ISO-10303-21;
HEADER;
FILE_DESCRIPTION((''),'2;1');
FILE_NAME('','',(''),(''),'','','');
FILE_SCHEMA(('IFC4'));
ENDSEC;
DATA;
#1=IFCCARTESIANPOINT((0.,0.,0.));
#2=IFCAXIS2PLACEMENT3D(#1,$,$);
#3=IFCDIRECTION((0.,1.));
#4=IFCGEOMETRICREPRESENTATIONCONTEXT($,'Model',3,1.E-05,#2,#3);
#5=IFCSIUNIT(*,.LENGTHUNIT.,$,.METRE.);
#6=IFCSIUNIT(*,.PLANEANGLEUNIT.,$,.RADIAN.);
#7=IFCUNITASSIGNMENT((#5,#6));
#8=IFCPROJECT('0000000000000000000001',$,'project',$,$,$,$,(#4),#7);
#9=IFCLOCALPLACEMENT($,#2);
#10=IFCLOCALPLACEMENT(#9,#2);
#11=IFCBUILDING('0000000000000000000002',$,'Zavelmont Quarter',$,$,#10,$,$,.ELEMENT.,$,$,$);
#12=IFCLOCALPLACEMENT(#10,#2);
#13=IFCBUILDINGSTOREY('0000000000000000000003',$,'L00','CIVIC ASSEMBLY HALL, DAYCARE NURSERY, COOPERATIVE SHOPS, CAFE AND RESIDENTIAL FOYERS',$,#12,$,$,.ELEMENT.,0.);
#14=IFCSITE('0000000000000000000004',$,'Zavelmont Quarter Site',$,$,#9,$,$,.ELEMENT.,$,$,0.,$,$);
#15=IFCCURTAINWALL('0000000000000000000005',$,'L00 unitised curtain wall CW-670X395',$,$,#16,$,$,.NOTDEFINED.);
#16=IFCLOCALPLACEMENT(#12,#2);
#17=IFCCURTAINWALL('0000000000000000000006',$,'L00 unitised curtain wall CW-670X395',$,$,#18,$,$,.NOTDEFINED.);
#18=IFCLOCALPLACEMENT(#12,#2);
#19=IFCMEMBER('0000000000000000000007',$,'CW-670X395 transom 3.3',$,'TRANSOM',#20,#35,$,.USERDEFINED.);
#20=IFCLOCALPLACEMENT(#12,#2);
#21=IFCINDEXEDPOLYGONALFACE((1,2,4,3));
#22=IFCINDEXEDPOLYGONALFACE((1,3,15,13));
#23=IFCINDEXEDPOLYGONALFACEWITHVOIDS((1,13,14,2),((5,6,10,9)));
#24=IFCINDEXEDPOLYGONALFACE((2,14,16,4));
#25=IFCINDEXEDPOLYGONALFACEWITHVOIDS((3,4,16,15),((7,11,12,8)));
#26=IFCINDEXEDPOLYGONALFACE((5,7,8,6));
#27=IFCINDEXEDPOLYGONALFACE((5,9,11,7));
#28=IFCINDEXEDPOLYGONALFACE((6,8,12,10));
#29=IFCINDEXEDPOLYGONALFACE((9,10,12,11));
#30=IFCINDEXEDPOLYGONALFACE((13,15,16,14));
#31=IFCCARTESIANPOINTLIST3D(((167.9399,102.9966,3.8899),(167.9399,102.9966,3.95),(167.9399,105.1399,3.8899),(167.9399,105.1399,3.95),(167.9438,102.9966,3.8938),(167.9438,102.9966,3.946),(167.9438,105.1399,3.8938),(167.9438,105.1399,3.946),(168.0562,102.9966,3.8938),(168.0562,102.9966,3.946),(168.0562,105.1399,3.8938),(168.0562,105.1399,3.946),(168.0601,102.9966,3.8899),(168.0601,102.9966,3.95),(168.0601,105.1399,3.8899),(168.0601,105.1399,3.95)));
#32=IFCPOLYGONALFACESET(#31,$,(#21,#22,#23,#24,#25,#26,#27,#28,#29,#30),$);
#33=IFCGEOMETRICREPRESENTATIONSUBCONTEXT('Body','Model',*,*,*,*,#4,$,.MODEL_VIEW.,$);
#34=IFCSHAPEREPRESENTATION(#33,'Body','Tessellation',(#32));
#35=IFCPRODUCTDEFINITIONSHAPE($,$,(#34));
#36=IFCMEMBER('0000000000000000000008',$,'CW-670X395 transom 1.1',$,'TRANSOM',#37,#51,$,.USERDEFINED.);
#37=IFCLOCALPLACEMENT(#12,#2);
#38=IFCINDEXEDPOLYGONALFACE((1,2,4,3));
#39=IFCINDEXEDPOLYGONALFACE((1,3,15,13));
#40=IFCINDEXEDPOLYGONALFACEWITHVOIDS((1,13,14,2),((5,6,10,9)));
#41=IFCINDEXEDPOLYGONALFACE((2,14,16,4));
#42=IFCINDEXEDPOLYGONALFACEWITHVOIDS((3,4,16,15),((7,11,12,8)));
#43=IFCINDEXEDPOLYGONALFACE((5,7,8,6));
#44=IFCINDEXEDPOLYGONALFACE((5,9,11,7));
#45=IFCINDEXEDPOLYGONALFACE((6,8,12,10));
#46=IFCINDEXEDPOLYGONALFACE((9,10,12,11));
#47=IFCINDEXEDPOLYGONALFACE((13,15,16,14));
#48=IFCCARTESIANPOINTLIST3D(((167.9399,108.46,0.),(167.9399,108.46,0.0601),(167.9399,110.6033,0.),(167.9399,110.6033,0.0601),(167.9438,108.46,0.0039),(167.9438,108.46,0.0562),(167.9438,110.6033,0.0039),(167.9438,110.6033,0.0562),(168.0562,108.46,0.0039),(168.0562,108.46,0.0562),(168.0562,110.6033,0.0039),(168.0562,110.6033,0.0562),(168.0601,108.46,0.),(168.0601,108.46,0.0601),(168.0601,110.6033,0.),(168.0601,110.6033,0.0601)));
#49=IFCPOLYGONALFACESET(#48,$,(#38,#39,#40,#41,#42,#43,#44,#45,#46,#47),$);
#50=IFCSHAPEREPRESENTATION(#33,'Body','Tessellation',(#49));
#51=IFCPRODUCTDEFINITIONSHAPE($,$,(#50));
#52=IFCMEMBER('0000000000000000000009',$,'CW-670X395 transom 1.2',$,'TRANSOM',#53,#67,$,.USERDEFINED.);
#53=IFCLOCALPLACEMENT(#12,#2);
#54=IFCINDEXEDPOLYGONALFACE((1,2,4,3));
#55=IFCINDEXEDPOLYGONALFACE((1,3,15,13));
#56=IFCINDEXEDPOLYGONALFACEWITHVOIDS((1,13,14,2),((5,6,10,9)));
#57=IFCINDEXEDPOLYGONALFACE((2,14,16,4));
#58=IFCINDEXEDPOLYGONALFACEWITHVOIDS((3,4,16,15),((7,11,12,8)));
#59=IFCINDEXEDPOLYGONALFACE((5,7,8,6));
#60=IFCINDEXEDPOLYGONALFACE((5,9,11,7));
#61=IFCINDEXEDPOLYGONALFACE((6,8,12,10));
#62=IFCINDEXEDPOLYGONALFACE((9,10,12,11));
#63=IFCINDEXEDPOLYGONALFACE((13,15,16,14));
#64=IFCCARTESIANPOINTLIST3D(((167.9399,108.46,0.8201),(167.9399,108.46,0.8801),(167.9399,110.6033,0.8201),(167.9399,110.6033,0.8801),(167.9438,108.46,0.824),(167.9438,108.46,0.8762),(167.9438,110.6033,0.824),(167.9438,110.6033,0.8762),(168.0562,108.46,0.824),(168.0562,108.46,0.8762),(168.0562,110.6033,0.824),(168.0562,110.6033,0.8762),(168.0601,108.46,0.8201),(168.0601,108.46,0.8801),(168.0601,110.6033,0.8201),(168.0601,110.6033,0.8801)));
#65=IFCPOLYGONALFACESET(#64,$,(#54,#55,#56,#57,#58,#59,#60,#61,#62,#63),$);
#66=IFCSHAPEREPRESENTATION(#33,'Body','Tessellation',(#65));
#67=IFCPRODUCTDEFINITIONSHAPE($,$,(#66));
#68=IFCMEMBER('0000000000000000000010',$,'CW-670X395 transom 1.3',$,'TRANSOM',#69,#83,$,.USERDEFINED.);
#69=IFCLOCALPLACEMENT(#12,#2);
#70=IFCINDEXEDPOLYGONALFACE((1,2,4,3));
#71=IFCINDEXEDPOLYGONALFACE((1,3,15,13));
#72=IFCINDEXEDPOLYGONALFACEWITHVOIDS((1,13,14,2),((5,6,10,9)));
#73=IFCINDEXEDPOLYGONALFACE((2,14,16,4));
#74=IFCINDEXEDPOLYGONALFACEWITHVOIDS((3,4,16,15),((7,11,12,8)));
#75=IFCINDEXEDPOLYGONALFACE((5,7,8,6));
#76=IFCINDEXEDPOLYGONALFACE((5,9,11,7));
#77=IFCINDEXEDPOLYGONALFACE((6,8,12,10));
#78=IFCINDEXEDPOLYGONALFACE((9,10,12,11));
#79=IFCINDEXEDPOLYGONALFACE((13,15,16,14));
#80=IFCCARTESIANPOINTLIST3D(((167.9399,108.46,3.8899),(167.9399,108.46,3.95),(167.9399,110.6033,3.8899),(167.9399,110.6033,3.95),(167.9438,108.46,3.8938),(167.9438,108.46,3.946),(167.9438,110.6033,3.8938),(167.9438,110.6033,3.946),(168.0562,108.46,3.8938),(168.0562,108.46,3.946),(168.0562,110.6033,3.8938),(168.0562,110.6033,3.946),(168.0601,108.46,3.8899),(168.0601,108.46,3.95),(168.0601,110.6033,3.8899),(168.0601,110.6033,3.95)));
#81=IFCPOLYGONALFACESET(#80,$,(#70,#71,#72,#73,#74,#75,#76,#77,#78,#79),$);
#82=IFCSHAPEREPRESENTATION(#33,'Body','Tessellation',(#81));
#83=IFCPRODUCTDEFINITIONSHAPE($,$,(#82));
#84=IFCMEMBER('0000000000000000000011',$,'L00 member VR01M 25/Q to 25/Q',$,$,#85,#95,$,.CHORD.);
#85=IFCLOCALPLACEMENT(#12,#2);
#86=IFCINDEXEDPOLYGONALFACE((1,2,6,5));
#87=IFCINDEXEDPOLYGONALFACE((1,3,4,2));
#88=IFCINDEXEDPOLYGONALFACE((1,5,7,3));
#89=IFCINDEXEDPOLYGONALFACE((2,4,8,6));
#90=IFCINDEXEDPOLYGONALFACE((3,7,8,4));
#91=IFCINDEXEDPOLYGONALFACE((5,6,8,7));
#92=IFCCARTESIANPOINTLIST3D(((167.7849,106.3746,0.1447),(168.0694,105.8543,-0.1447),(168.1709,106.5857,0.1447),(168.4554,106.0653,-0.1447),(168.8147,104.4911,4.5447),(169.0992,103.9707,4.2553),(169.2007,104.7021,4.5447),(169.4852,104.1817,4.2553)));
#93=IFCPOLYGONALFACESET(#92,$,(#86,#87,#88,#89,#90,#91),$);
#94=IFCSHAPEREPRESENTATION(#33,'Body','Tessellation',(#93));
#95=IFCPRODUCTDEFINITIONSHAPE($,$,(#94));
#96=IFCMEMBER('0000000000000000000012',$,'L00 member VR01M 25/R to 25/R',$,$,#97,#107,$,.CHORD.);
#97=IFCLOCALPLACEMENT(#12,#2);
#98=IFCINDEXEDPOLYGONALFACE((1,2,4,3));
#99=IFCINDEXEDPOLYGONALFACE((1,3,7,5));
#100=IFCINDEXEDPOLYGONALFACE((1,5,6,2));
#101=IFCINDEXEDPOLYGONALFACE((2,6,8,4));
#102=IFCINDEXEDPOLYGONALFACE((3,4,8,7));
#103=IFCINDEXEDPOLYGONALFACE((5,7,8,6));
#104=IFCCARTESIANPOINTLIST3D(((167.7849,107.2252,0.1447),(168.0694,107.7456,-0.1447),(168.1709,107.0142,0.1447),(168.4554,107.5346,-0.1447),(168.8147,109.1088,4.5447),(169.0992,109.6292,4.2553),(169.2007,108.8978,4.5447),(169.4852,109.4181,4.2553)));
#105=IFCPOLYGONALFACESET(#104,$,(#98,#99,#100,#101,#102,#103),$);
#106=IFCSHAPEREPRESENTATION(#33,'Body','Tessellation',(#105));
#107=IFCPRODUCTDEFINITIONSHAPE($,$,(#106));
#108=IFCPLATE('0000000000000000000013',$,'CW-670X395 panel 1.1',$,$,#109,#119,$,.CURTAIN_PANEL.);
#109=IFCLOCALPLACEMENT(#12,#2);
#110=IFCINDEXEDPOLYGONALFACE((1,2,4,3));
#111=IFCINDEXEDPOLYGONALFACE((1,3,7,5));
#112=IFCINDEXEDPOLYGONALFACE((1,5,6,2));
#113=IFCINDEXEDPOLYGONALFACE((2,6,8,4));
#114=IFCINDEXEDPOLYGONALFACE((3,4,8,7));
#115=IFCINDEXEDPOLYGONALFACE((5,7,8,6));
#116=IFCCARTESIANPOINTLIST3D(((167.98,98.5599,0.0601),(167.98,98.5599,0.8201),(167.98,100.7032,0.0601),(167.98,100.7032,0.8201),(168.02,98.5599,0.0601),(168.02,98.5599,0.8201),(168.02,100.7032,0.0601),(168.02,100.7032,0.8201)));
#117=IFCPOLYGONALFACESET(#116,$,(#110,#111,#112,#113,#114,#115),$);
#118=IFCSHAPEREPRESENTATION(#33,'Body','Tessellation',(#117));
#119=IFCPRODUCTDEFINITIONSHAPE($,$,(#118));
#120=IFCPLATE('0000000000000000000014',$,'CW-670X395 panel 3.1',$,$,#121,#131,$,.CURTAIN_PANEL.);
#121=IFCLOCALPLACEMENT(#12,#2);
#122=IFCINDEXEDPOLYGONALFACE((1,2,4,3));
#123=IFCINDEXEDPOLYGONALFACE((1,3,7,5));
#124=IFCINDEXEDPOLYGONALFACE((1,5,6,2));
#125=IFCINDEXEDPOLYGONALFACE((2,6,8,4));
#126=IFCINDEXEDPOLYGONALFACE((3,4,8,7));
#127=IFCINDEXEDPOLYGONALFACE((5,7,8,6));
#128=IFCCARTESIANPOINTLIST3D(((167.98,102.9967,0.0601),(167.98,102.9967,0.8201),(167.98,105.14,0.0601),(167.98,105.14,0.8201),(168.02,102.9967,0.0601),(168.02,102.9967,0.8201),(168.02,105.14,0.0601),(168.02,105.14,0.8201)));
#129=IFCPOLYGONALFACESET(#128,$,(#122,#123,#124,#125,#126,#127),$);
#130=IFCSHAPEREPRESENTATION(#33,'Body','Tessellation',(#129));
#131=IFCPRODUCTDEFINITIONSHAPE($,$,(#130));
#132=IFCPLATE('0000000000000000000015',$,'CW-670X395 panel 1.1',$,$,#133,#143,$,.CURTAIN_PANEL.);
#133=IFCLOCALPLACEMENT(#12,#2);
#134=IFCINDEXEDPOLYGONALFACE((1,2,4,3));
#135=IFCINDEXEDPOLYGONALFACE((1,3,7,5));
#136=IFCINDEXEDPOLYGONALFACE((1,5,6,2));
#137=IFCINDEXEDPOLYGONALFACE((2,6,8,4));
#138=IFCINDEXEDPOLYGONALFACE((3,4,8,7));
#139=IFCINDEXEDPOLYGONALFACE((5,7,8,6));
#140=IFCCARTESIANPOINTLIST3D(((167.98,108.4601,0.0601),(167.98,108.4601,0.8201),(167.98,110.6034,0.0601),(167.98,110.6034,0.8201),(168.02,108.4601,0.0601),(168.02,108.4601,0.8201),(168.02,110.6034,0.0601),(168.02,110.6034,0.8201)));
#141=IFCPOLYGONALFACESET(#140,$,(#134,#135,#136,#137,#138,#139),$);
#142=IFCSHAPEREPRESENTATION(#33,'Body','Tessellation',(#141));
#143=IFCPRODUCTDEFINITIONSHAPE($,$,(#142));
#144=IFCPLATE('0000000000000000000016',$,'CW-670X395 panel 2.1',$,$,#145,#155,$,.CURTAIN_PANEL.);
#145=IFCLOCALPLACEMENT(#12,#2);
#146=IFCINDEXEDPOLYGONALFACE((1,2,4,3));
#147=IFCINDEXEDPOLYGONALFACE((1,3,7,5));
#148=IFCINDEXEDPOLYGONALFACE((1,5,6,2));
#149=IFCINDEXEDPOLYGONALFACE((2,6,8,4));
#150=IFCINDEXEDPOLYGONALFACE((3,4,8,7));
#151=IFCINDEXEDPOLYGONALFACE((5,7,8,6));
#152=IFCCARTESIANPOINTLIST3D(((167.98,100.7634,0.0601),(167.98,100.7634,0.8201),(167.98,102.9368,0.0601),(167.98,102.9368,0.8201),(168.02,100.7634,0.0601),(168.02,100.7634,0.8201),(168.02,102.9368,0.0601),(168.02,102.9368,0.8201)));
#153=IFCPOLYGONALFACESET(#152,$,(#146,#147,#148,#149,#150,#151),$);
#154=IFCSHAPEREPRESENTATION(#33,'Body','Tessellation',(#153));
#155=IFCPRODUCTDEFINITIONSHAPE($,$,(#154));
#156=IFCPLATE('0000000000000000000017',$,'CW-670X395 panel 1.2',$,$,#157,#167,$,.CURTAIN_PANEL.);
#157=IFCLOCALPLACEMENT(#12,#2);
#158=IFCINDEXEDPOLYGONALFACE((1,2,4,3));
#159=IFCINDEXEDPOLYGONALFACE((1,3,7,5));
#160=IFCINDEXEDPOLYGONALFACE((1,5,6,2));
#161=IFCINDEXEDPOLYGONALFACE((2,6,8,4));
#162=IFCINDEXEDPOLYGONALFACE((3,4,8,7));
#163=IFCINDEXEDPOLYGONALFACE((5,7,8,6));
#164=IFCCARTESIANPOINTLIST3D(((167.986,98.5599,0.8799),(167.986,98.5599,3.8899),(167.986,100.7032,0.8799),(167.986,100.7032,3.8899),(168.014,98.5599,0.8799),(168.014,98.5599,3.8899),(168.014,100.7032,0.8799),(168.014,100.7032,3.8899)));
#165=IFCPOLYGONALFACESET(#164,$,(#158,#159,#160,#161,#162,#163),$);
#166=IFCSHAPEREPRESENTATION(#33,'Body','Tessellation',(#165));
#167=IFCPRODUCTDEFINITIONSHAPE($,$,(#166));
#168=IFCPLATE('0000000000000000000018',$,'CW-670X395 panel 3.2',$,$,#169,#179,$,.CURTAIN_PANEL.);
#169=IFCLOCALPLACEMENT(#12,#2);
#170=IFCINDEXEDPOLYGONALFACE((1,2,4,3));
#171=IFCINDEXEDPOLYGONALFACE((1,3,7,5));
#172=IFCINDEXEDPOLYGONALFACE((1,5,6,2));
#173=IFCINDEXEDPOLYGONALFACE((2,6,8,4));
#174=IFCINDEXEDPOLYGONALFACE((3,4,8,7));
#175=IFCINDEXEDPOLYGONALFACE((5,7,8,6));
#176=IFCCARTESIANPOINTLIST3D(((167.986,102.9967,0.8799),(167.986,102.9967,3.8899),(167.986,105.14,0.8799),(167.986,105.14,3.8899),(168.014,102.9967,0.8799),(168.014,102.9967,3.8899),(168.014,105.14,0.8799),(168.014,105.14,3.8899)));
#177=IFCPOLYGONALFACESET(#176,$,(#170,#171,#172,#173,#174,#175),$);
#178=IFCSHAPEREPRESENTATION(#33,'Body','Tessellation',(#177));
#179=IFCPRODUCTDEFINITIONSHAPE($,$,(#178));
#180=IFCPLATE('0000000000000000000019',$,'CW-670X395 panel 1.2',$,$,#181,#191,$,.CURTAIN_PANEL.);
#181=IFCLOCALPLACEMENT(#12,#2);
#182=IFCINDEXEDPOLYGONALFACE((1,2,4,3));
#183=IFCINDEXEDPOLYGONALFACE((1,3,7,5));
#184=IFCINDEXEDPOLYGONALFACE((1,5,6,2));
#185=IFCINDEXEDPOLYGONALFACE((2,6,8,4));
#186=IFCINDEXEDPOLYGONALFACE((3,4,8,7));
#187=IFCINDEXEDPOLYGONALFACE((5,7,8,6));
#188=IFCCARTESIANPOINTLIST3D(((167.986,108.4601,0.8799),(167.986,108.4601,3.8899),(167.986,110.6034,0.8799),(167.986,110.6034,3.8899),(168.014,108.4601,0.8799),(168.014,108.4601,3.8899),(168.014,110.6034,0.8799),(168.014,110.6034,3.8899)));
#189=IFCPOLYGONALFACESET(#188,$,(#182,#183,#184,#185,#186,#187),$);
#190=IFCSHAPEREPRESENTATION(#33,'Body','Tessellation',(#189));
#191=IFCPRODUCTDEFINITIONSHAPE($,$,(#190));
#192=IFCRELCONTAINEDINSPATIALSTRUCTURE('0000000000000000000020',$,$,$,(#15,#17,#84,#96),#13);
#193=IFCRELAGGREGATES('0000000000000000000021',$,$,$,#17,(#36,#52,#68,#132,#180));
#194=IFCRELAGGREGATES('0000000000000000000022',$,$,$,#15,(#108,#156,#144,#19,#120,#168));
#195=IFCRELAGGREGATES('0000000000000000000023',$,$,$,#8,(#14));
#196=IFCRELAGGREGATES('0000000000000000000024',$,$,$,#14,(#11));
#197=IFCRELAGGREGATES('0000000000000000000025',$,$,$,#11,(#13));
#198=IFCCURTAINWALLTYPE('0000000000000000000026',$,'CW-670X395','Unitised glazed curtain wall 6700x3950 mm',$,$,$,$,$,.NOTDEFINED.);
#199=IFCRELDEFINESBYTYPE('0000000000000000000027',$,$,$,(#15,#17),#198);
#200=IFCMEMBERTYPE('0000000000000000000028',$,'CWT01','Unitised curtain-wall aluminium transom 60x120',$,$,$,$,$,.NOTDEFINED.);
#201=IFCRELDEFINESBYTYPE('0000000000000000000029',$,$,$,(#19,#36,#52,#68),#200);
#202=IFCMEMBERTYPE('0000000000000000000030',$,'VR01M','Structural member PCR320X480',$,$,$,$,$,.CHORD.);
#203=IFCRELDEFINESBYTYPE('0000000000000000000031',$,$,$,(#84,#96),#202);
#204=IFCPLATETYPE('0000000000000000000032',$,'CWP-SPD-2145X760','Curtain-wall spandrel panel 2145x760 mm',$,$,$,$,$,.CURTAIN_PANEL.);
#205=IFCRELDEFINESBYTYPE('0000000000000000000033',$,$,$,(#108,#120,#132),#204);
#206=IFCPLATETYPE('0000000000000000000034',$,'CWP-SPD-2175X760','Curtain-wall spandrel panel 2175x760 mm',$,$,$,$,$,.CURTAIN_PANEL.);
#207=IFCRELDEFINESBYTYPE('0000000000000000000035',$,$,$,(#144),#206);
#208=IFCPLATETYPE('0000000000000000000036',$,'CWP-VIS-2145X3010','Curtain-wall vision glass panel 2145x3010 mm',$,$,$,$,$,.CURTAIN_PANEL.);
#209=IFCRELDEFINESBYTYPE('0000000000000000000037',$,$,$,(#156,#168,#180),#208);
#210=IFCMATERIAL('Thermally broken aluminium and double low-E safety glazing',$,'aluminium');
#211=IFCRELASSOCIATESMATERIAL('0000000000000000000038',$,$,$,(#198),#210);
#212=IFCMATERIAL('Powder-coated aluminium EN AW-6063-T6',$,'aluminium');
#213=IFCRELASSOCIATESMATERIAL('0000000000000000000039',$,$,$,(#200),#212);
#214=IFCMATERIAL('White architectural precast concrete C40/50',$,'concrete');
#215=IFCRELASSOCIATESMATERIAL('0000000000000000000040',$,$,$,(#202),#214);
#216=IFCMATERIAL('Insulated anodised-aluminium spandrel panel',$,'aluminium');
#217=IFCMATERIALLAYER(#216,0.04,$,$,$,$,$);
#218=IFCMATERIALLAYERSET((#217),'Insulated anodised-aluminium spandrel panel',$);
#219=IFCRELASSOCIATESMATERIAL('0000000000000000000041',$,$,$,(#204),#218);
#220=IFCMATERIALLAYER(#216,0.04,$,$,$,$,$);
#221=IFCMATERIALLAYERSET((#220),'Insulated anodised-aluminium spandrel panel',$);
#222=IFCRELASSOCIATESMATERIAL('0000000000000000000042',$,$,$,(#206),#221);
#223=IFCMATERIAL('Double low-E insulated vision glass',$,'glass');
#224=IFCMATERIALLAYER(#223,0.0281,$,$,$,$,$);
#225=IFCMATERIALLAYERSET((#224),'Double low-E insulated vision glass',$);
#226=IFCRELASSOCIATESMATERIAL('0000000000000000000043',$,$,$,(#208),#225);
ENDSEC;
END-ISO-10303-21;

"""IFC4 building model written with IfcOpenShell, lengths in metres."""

from ifc_helpers import new_model, si_unit, direction, frame, origin, origin_2d, place, context, subcontext, project, spatial, rectangle, hollow_rectangle, extrude, material, layer, layer_set, material_profile, profile_set, type_object, element, aggregate, save


model = new_model("IFC4")

# Units and contexts
model_context = context("Model", 3, precision=1e-05, world=origin(), true_north=direction((0.0, 1.0)))
body_context = subcontext(model_context, "Body", "Model", "MODEL_VIEW")
ifc_project = project(units=[si_unit("LENGTHUNIT", "METRE"), si_unit("PLANEANGLEUNIT", "RADIAN")], contexts=[model_context])

# Site, building, storey
site_placement = place(None, origin())
site = spatial("IfcSite", under=ifc_project, at=site_placement, Name="Zavelmont Quarter Site", CompositionType="ELEMENT", RefElevation=0.0)
building_placement = place(site_placement, origin())
building = spatial("IfcBuilding", under=site, at=building_placement, Name="Zavelmont Quarter", CompositionType="ELEMENT")
storey_placement = place(building_placement, origin())
storey = spatial("IfcBuildingStorey", under=building, at=storey_placement, Name="L00", Description="CIVIC ASSEMBLY HALL, DAYCARE NURSERY, COOPERATIVE SHOPS, CAFE AND RESIDENTIAL FOYERS", CompositionType="ELEMENT", Elevation=0.0)

# Curtain walls
ifc_material_1 = material(Name="Thermally broken aluminium and double low-E safety glazing", Category="aluminium")
curtain_wall_type = type_object("IfcCurtainWallType", Name="CW-670X395", Description="Unitised glazed curtain wall 6700x3950 mm", PredefinedType="NOTDEFINED", material=ifc_material_1)
curtain_wall_1_placement = place(storey_placement, origin())
curtain_wall_1 = element("IfcCurtainWall", 1, at=curtain_wall_1_placement, inside=storey, type_object=curtain_wall_type, Name="L00 unitised curtain wall CW-670X395", PredefinedType="NOTDEFINED")
ifc_material_2 = material(Name="Powder-coated aluminium EN AW-6063-T6", Category="aluminium")
curtain_wall_2_placement = place(storey_placement, origin())
curtain_wall_2 = element("IfcCurtainWall", 2, at=curtain_wall_2_placement, inside=storey, type_object=curtain_wall_type, Name="L00 unitised curtain wall CW-670X395", PredefinedType="NOTDEFINED")

# Members
ifc_material_profile_1 = material_profile(ifc_material_2, hollow_rectangle(XDim=0.1201, YDim=0.0601, WallThickness=0.0039, at=origin_2d()), Name="CWT60X120")
ifc_profile_set_1 = profile_set([ifc_material_profile_1], Name="Powder-coated aluminium EN AW-6063-T6")
member_type_1 = type_object("IfcMemberType", Name="CWT01", Description="Unitised curtain-wall aluminium transom 60x120", PredefinedType="NOTDEFINED", material=ifc_profile_set_1)
member_1_placement = place(storey_placement, frame((168.0, 102.9966, 3.9199), z_axis=(0.0, 1.0, 0.0), x_axis=(-1.0, 0.0, 0.0)))
member_1 = element("IfcMember", 3, at=member_1_placement, type_object=member_type_1, Name="CW-670X395 transom 3.3", ObjectType="TRANSOM", PredefinedType="USERDEFINED", context=body_context, shape_type="SweptSolid", body=[
    extrude(hollow_rectangle(XDim=0.1201, YDim=0.0601, WallThickness=0.0039, at=origin_2d()), origin(), (0.0, 0.0, 1.0), 2.1433),
])
member_2_placement = place(storey_placement, frame((168.0, 108.46, 0.03), z_axis=(0.0, 1.0, 0.0), x_axis=(-1.0, 0.0, 0.0)))
member_2 = element("IfcMember", 4, at=member_2_placement, type_object=member_type_1, Name="CW-670X395 transom 1.1", ObjectType="TRANSOM", PredefinedType="USERDEFINED", context=body_context, shape_type="SweptSolid", body=[
    extrude(hollow_rectangle(XDim=0.1201, YDim=0.0601, WallThickness=0.0039, at=origin_2d()), origin(), (0.0, 0.0, 1.0), 2.1433),
])
member_3_placement = place(storey_placement, frame((168.0, 108.46, 0.8501), z_axis=(0.0, 1.0, 0.0), x_axis=(-1.0, 0.0, 0.0)))
member_3 = element("IfcMember", 5, at=member_3_placement, type_object=member_type_1, Name="CW-670X395 transom 1.2", ObjectType="TRANSOM", PredefinedType="USERDEFINED", context=body_context, shape_type="SweptSolid", body=[
    extrude(hollow_rectangle(XDim=0.1201, YDim=0.0601, WallThickness=0.0039, at=origin_2d()), origin(), (0.0, 0.0, 1.0), 2.1433),
])
member_4_placement = place(storey_placement, frame((168.0, 108.46, 3.9199), z_axis=(0.0, 1.0, 0.0), x_axis=(-1.0, 0.0, 0.0)))
member_4 = element("IfcMember", 6, at=member_4_placement, type_object=member_type_1, Name="CW-670X395 transom 1.3", ObjectType="TRANSOM", PredefinedType="USERDEFINED", context=body_context, shape_type="SweptSolid", body=[
    extrude(hollow_rectangle(XDim=0.1201, YDim=0.0601, WallThickness=0.0039, at=origin_2d()), origin(), (0.0, 0.0, 1.0), 2.1433),
])

# Members
ifc_material_3 = material(Name="White architectural precast concrete C40/50", Category="concrete")
ifc_material_profile_2 = material_profile(ifc_material_3, rectangle(XDim=0.4399, YDim=0.6599, at=origin_2d()), Name="PCR320X480")
ifc_profile_set_2 = profile_set([ifc_material_profile_2], Name="White architectural precast concrete C40/50")
member_type_2 = type_object("IfcMemberType", Name="VR01M", Description="Structural member PCR320X480", PredefinedType="CHORD", material=ifc_profile_set_2)
for number, where, z_axis, x_axis, name in (
    (7, (168.1201, 106.22, 0.0), (0.210347, -0.384739, 0.898738), (0.877426, 0.479712, 0.0), "L00 member VR01M 25/Q to 25/Q"),
    (8, (168.1201, 107.3799, 0.0), (0.210347, 0.384739, 0.898738), (-0.877426, 0.479712, 0.0), "L00 member VR01M 25/R to 25/R"),
):
    element("IfcMember", number, at=place(storey_placement, frame(where, z_axis=z_axis, x_axis=x_axis)), inside=storey, type_object=member_type_2, Name=name, PredefinedType="CHORD", context=body_context, shape_type="SweptSolid", body=[
        extrude(rectangle(XDim=0.4399, YDim=0.6599, at=origin_2d()), origin(), (0.0, 0.0, 1.0), 4.8958),
    ])

# Plates
ifc_material_4 = material(Name="Insulated anodised-aluminium spandrel panel", Category="aluminium")
ifc_layer_1 = layer(ifc_material_4, 0.04)
ifc_layer_set_1 = layer_set([ifc_layer_1], Name="Insulated anodised-aluminium spandrel panel")
plate_type_1 = type_object("IfcPlateType", Name="CWP-SPD-2145X760", Description="Curtain-wall spandrel panel 2145x760 mm", PredefinedType="CURTAIN_PANEL", material=ifc_layer_set_1)
plate_1_placement = place(storey_placement, frame((168.0, 99.6316, 0.0601), z_axis=(0.0, 0.0, 1.0), x_axis=(0.0, 1.0, 0.0)))
plate_1 = element("IfcPlate", 9, at=plate_1_placement, type_object=plate_type_1, Name="CW-670X395 panel 1.1", PredefinedType="CURTAIN_PANEL", context=body_context, shape_type="SweptSolid", body=[
    extrude(rectangle(XDim=2.1433, YDim=0.04, at=origin_2d()), origin(), (0.0, 0.0, 1.0), 0.76),
])
plate_2_placement = place(storey_placement, frame((168.0, 104.0684, 0.0601), z_axis=(0.0, 0.0, 1.0), x_axis=(0.0, 1.0, 0.0)))
plate_2 = element("IfcPlate", 10, at=plate_2_placement, type_object=plate_type_1, Name="CW-670X395 panel 3.1", PredefinedType="CURTAIN_PANEL", context=body_context, shape_type="SweptSolid", body=[
    extrude(rectangle(XDim=2.1433, YDim=0.04, at=origin_2d()), origin(), (0.0, 0.0, 1.0), 0.76),
])
plate_3_placement = place(storey_placement, frame((168.0, 109.5317, 0.0601), z_axis=(0.0, 0.0, 1.0), x_axis=(0.0, 1.0, 0.0)))
plate_3 = element("IfcPlate", 11, at=plate_3_placement, type_object=plate_type_1, Name="CW-670X395 panel 1.1", PredefinedType="CURTAIN_PANEL", context=body_context, shape_type="SweptSolid", body=[
    extrude(rectangle(XDim=2.1433, YDim=0.04, at=origin_2d()), origin(), (0.0, 0.0, 1.0), 0.76),
])
ifc_layer_2 = layer(ifc_material_4, 0.04)
ifc_layer_set_2 = layer_set([ifc_layer_2], Name="Insulated anodised-aluminium spandrel panel")
plate_type_2 = type_object("IfcPlateType", Name="CWP-SPD-2175X760", Description="Curtain-wall spandrel panel 2175x760 mm", PredefinedType="CURTAIN_PANEL", material=ifc_layer_set_2)
plate_4_placement = place(storey_placement, frame((168.0, 101.8501, 0.0601), z_axis=(0.0, 0.0, 1.0), x_axis=(0.0, 1.0, 0.0)))
plate_4 = element("IfcPlate", 12, at=plate_4_placement, type_object=plate_type_2, Name="CW-670X395 panel 2.1", PredefinedType="CURTAIN_PANEL", context=body_context, shape_type="SweptSolid", body=[
    extrude(rectangle(XDim=2.1733, YDim=0.04, at=origin_2d()), origin(), (0.0, 0.0, 1.0), 0.76),
])
ifc_material_5 = material(Name="Double low-E insulated vision glass", Category="glass")
ifc_layer_3 = layer(ifc_material_5, 0.0281)
ifc_layer_set_3 = layer_set([ifc_layer_3], Name="Double low-E insulated vision glass")
plate_type_3 = type_object("IfcPlateType", Name="CWP-VIS-2145X3010", Description="Curtain-wall vision glass panel 2145x3010 mm", PredefinedType="CURTAIN_PANEL", material=ifc_layer_set_3)
plate_5_placement = place(storey_placement, frame((168.0, 99.6316, 0.8799), z_axis=(0.0, 0.0, 1.0), x_axis=(0.0, 1.0, 0.0)))
plate_5 = element("IfcPlate", 13, at=plate_5_placement, type_object=plate_type_3, Name="CW-670X395 panel 1.2", PredefinedType="CURTAIN_PANEL", context=body_context, shape_type="SweptSolid", body=[
    extrude(rectangle(XDim=2.1433, YDim=0.0281, at=origin_2d()), origin(), (0.0, 0.0, 1.0), 3.01),
])
plate_6_placement = place(storey_placement, frame((168.0, 104.0684, 0.8799), z_axis=(0.0, 0.0, 1.0), x_axis=(0.0, 1.0, 0.0)))
plate_6 = element("IfcPlate", 14, at=plate_6_placement, type_object=plate_type_3, Name="CW-670X395 panel 3.2", PredefinedType="CURTAIN_PANEL", context=body_context, shape_type="SweptSolid", body=[
    extrude(rectangle(XDim=2.1433, YDim=0.0281, at=origin_2d()), origin(), (0.0, 0.0, 1.0), 3.01),
])
plate_7_placement = place(storey_placement, frame((168.0, 109.5317, 0.8799), z_axis=(0.0, 0.0, 1.0), x_axis=(0.0, 1.0, 0.0)))
plate_7 = element("IfcPlate", 15, at=plate_7_placement, type_object=plate_type_3, Name="CW-670X395 panel 1.2", PredefinedType="CURTAIN_PANEL", context=body_context, shape_type="SweptSolid", body=[
    extrude(rectangle(XDim=2.1433, YDim=0.0281, at=origin_2d()), origin(), (0.0, 0.0, 1.0), 3.01),
])
aggregate(curtain_wall_2, [member_2, member_3, member_4, plate_3, plate_7])
aggregate(curtain_wall_1, [plate_1, plate_5, plate_4, member_1, plate_2, plate_6])

save(model, "model.ifc")
